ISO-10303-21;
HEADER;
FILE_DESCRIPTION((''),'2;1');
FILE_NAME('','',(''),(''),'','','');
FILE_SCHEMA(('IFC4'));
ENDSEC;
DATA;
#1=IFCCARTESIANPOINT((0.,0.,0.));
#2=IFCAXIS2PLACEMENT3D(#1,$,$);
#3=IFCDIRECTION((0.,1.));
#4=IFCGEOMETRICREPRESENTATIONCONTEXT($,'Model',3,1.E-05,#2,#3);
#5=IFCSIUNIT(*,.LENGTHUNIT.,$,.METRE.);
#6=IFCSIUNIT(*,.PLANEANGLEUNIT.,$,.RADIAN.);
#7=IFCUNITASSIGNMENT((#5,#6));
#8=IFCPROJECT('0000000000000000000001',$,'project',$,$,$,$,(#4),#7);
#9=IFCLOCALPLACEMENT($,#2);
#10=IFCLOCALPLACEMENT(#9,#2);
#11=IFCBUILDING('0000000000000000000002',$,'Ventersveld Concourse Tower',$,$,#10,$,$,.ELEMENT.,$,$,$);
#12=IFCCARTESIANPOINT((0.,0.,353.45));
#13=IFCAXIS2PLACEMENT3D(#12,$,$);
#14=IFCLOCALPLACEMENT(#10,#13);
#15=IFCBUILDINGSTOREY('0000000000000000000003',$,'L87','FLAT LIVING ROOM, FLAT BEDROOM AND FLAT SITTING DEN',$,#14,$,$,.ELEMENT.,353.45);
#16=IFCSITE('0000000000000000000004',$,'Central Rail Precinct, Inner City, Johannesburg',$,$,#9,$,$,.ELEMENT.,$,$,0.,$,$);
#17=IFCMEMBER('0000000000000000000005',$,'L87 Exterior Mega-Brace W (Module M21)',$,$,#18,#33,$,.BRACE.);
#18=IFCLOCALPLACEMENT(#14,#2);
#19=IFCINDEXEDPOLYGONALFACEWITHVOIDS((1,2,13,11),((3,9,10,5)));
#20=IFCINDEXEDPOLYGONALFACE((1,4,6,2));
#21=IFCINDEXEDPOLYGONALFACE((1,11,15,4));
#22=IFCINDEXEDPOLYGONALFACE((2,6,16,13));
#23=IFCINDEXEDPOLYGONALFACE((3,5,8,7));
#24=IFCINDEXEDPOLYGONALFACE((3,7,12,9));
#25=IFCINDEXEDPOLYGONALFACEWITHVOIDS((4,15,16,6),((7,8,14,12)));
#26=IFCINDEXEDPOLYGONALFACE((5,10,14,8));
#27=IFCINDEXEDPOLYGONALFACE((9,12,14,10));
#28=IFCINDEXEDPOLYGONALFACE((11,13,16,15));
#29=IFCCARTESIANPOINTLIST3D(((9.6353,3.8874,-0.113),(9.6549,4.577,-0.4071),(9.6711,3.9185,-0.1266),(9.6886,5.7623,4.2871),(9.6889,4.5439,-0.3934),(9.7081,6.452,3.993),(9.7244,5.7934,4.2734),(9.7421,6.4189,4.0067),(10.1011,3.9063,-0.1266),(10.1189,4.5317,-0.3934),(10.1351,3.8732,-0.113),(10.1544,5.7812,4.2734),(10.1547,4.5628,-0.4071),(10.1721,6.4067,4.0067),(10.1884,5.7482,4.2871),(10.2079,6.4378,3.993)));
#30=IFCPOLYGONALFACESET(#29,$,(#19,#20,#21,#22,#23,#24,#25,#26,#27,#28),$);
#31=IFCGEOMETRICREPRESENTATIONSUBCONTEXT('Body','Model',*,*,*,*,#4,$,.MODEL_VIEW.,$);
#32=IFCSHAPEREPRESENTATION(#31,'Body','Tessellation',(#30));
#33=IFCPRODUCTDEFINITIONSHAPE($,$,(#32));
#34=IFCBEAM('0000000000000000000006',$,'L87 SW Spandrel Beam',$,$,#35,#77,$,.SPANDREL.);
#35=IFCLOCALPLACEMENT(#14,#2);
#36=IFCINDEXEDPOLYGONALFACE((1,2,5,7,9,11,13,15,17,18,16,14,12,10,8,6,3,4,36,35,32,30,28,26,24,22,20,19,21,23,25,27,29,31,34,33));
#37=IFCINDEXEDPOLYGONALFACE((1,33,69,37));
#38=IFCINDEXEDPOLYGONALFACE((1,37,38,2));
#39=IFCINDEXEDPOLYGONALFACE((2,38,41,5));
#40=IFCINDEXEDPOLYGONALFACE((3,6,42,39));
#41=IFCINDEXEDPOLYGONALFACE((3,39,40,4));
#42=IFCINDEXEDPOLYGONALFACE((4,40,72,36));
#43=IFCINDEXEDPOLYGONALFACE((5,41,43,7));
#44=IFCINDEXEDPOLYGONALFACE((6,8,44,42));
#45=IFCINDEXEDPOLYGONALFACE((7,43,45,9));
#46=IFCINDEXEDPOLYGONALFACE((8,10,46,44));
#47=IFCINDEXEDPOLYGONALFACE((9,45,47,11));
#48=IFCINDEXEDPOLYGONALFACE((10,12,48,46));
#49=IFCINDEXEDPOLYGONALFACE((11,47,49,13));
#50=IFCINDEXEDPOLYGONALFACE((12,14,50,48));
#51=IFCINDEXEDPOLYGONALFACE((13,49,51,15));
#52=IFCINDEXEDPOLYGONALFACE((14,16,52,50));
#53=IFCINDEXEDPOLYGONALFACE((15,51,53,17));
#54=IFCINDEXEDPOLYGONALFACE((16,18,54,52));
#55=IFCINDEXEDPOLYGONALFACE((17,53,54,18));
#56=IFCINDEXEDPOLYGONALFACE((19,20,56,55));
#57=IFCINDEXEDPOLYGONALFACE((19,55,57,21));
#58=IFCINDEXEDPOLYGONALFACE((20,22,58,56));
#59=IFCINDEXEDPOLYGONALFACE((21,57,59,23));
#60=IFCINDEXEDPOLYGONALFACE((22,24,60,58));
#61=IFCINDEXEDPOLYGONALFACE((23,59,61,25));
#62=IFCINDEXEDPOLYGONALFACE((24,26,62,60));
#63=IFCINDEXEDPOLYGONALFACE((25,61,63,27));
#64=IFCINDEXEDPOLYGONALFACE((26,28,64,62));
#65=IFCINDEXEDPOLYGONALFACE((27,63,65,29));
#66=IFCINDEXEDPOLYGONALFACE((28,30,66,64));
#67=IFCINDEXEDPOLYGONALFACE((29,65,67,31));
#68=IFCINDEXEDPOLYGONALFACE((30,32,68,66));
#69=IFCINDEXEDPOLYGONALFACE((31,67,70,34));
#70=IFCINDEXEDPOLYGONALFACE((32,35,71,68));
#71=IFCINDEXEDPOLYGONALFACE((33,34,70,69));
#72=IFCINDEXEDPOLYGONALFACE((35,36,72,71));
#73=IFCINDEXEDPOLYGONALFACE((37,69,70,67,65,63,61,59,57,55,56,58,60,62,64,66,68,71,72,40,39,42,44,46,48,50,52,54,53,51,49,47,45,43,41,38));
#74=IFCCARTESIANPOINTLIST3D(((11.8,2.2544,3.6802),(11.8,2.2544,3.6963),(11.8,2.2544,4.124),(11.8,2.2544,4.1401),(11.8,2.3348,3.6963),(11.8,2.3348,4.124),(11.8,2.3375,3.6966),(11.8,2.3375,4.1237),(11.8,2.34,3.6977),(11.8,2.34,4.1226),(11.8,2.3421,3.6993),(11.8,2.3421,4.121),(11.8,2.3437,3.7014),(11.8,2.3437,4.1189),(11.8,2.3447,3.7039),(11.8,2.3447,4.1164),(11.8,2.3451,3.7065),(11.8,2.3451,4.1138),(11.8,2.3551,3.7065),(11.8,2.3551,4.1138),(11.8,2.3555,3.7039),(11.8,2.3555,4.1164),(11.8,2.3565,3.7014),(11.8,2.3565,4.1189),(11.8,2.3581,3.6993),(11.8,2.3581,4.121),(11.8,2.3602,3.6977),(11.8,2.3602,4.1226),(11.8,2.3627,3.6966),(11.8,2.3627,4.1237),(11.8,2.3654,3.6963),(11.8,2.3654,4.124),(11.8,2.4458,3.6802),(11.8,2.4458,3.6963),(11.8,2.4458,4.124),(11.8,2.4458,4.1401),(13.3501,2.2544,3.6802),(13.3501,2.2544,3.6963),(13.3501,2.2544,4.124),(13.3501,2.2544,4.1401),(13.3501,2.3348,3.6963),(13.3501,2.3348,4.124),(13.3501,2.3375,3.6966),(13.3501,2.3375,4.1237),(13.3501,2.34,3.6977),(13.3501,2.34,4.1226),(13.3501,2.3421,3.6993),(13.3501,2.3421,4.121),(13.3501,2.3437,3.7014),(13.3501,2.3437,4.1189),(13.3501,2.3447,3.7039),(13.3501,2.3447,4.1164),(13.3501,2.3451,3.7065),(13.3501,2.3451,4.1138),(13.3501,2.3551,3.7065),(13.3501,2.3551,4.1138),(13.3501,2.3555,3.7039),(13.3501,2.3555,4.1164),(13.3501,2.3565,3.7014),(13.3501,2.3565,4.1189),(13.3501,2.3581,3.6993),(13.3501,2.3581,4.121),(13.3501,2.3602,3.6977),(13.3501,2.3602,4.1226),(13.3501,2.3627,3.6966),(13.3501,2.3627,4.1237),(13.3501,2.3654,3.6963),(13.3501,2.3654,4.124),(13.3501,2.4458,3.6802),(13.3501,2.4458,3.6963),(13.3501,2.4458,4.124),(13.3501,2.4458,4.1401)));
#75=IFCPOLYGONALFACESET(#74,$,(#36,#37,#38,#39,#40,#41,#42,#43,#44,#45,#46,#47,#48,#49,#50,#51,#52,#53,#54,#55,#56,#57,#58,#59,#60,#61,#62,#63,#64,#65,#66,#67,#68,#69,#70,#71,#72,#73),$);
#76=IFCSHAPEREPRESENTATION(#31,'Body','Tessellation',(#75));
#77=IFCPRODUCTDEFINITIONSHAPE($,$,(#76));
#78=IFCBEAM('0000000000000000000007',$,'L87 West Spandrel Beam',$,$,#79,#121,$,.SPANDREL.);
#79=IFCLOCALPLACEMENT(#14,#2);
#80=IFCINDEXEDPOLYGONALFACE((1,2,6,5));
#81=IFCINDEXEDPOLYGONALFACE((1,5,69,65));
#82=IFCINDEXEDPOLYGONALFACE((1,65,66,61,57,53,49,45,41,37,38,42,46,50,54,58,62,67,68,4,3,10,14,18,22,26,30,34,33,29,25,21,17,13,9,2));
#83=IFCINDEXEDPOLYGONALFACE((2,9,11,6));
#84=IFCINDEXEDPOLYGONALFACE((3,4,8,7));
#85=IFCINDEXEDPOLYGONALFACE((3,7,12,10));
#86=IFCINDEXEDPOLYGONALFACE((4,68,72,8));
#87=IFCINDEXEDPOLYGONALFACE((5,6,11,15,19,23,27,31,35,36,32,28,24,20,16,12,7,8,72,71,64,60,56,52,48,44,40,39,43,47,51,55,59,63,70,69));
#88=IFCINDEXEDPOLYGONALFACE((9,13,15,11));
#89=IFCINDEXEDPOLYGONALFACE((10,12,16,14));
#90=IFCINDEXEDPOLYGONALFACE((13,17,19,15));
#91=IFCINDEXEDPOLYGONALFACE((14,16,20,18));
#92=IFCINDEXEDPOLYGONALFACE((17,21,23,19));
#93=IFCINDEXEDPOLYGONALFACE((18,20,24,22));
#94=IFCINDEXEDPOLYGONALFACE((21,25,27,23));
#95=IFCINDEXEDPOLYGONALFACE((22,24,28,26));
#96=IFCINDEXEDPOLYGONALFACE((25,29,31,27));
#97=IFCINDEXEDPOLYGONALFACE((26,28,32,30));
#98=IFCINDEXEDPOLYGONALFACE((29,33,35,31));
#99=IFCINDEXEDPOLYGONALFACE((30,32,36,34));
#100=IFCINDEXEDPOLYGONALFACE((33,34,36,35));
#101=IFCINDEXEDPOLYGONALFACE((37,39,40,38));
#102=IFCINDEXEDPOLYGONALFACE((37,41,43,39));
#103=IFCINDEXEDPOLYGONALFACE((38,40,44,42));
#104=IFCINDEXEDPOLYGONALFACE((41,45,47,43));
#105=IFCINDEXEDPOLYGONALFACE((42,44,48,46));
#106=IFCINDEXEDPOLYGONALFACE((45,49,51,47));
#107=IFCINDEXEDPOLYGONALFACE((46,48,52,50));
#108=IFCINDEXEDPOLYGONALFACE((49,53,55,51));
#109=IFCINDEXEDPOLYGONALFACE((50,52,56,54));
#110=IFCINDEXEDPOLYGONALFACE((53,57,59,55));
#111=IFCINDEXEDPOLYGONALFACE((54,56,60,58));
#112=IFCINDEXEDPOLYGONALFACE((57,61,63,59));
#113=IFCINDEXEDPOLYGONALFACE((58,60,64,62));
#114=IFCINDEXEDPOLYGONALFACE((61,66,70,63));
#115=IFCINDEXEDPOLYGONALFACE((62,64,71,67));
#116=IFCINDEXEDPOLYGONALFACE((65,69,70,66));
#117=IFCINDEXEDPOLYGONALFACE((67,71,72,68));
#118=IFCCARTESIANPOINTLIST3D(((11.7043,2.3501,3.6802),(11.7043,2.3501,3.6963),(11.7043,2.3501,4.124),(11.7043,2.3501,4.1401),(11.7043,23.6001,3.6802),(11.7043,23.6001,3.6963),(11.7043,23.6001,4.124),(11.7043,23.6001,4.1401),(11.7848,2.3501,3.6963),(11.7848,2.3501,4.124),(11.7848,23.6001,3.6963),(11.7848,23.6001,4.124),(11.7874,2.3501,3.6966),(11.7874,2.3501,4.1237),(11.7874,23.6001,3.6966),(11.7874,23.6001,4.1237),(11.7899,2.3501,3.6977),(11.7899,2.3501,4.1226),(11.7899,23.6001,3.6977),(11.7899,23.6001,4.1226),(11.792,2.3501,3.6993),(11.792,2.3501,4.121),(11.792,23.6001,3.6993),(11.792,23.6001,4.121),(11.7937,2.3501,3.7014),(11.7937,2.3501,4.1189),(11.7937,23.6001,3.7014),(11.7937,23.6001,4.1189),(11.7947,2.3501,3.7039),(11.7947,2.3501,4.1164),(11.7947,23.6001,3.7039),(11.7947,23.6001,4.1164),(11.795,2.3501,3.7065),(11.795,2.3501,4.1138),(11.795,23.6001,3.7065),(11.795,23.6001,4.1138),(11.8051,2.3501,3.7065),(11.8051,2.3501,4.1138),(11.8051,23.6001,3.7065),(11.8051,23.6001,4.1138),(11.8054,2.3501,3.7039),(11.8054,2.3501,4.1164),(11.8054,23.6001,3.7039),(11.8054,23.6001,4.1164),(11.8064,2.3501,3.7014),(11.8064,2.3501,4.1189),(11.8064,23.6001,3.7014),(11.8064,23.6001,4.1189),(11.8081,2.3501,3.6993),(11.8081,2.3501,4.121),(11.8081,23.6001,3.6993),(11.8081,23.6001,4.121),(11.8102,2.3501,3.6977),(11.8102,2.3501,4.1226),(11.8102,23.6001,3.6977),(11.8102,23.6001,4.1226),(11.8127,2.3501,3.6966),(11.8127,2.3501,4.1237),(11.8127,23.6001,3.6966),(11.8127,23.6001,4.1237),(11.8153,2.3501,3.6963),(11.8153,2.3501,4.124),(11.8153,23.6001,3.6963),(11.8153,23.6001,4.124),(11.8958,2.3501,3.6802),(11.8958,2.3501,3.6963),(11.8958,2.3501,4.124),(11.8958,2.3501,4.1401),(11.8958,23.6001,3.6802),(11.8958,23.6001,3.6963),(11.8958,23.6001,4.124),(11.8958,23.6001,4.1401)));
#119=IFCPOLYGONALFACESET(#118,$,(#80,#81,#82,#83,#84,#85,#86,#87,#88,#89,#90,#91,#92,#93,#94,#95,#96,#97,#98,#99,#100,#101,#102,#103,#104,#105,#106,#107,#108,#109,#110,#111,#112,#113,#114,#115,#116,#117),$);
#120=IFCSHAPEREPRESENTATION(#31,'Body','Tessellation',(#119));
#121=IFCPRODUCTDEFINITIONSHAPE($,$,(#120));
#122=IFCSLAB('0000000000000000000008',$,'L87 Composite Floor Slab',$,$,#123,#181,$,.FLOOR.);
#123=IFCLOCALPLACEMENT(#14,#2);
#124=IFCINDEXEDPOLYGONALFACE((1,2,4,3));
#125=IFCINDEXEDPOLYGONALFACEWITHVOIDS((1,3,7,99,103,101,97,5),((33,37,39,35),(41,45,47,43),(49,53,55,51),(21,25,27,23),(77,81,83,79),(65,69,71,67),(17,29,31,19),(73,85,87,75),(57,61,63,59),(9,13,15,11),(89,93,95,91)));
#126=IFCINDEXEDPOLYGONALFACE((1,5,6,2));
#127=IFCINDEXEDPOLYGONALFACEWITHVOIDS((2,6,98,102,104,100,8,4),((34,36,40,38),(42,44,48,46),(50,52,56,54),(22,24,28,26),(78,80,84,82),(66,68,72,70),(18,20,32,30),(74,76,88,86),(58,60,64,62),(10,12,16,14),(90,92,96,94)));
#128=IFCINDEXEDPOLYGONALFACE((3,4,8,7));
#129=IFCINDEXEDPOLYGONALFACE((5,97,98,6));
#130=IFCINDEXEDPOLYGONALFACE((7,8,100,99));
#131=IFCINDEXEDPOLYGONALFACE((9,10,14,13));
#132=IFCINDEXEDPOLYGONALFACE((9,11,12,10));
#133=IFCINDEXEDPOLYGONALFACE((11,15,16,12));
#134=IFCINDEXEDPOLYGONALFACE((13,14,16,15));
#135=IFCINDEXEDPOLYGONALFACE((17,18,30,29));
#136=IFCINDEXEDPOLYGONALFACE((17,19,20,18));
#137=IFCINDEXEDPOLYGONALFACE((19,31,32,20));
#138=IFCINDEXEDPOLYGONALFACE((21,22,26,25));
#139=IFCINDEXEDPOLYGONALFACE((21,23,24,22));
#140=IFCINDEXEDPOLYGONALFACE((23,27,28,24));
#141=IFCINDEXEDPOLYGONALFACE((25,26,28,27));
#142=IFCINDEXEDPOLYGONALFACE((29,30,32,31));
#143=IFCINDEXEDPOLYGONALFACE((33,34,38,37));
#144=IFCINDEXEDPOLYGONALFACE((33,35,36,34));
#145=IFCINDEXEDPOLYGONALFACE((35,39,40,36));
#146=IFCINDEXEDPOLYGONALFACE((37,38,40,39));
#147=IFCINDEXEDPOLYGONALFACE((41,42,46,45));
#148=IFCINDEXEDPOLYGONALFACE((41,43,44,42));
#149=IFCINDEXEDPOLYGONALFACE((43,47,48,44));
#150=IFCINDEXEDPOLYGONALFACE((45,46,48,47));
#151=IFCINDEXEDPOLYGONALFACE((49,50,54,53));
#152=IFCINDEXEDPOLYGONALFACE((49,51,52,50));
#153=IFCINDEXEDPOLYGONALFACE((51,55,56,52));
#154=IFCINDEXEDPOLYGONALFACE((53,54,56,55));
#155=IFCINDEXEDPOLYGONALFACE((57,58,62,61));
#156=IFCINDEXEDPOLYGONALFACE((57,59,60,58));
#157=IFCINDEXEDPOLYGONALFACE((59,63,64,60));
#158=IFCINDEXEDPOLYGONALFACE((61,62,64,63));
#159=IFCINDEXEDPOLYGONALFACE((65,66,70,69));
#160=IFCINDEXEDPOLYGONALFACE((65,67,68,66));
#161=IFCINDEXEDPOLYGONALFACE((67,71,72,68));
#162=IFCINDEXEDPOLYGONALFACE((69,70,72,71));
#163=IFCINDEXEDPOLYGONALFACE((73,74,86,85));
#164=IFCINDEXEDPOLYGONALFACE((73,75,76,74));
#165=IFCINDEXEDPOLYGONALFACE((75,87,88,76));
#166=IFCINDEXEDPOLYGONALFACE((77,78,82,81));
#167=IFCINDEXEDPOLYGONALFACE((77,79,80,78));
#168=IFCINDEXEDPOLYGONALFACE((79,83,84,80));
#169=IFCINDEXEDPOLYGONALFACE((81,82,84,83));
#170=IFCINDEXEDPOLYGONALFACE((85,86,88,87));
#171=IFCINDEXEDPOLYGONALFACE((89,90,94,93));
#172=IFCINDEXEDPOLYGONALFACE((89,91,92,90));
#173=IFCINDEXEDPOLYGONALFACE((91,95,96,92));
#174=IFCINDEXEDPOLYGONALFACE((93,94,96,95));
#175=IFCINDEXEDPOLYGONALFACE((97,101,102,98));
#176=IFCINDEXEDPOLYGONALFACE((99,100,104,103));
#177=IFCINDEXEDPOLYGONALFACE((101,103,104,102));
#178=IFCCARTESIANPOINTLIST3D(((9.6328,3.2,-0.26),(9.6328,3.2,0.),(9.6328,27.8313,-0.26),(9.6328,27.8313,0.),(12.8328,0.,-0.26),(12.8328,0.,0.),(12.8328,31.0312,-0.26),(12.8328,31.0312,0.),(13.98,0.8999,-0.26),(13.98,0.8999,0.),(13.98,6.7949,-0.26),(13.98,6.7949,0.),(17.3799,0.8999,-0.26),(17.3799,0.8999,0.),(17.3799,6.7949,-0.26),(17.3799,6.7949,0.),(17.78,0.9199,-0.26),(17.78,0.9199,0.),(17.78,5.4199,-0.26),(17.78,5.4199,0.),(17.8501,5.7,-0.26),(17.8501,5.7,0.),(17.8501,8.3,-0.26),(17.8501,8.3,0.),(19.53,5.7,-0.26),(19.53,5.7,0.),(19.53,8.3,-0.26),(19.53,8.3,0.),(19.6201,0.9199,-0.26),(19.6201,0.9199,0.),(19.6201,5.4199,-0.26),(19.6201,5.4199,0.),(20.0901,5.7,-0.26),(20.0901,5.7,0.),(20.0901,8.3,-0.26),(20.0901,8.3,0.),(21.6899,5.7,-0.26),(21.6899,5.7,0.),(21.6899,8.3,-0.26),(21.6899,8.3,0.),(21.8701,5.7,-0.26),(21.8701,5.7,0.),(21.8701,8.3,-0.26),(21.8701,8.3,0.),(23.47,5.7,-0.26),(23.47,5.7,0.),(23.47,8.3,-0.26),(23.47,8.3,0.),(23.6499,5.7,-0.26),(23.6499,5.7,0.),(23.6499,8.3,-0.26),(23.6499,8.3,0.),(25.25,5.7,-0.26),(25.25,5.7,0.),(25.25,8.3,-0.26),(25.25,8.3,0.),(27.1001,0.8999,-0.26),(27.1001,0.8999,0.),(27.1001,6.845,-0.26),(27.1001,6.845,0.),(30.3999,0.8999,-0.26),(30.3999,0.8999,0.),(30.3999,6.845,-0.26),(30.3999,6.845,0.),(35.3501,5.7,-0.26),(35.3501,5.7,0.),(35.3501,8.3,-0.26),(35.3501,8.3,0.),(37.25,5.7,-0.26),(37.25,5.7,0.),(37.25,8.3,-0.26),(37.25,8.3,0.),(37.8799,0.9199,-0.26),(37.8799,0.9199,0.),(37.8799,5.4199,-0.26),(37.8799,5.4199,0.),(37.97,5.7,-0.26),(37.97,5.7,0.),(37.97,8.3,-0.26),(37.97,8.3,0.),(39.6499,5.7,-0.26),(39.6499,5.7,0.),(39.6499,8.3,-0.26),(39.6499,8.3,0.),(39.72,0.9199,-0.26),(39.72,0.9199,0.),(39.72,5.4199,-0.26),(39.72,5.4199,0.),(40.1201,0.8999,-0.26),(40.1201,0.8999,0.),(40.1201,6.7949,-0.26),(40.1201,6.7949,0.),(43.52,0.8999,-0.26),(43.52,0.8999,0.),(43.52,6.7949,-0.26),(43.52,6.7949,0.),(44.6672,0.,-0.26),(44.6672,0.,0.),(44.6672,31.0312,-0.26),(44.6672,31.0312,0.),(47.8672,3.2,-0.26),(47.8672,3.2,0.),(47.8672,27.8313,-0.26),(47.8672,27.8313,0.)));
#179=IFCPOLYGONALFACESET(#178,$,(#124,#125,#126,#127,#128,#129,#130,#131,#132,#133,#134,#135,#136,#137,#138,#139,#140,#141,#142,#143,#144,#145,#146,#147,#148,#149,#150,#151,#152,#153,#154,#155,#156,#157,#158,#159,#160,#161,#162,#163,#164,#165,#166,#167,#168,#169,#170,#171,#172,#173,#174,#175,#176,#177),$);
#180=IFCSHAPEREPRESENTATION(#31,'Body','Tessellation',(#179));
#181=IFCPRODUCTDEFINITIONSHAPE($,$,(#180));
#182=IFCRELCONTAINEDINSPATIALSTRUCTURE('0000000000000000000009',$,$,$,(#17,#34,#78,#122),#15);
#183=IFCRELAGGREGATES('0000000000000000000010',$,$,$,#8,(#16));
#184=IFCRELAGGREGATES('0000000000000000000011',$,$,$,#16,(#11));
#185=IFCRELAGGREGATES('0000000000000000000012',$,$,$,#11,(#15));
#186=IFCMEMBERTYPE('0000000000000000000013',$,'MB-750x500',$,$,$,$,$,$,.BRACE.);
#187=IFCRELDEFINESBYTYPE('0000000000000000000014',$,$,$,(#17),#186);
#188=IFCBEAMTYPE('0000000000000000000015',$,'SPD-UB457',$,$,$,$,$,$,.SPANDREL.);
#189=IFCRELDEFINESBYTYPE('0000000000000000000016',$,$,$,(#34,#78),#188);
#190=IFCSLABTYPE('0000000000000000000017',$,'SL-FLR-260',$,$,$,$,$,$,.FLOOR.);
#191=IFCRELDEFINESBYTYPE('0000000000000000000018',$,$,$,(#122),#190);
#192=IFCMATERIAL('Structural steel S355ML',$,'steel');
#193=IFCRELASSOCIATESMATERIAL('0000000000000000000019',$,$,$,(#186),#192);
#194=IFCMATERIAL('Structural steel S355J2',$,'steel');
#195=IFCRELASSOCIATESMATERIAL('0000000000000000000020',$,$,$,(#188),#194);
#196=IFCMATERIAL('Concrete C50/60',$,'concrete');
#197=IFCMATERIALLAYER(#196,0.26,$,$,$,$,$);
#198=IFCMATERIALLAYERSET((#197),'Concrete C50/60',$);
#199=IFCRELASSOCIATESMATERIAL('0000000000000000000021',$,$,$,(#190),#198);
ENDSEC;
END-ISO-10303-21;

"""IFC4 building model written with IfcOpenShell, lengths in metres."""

from ifc_helpers import new_model, si_unit, direction, frame, origin, origin_2d, place, context, subcontext, project, spatial, polyline, hollow_rectangle, i_section, outline, extrude, material, layer, layer_set, material_profile, profile_set, type_object, element, save


model = new_model("IFC4")

# Units and contexts
model_context = context("Model", 3, precision=1e-05, world=origin(), true_north=direction((0.0, 1.0)))
body_context = subcontext(model_context, "Body", "Model", "MODEL_VIEW")
ifc_project = project(units=[si_unit("LENGTHUNIT", "METRE"), si_unit("PLANEANGLEUNIT", "RADIAN")], contexts=[model_context])

# Site, building, storey
site_placement = place(None, origin())
site = spatial("IfcSite", under=ifc_project, at=site_placement, Name="Central Rail Precinct, Inner City, Johannesburg", CompositionType="ELEMENT", RefElevation=0.0)
building_placement = place(site_placement, origin())
building = spatial("IfcBuilding", under=site, at=building_placement, Name="Ventersveld Concourse Tower", CompositionType="ELEMENT")
storey_placement = place(building_placement, frame((0.0, 0.0, 353.45)))
storey = spatial("IfcBuildingStorey", under=building, at=storey_placement, Name="L87", Description="FLAT LIVING ROOM, FLAT BEDROOM AND FLAT SITTING DEN", CompositionType="ELEMENT", Elevation=353.45)

# Shared definitions
ifc_material_1 = material(Name="Concrete C50/60", Category="concrete")

# Shared definitions
ifc_material_2 = material(Name="Structural steel S355J2", Category="steel")

# Member
ifc_material_3 = material(Name="Structural steel S355ML", Category="steel")
ifc_material_profile_1 = material_profile(ifc_material_3, hollow_rectangle(XDim=0.5, YDim=0.75, WallThickness=0.0349, at=origin_2d()), Name="BOX 750x500x35")
ifc_profile_set_1 = profile_set([ifc_material_profile_1], Name="Structural steel S355ML")
member_type = type_object("IfcMemberType", Name="MB-750x500", PredefinedType="BRACE", material=ifc_profile_set_1)
member_placement = place(storey_placement, frame((9.895, 4.2251, -0.26), z_axis=(0.011127, 0.391991, 0.919902), x_axis=(-0.999597, 0.028374, 0.0)))
element("IfcMember", 1, at=member_placement, inside=storey, type_object=member_type, Name="L87 Exterior Mega-Brace W (Module M21)", PredefinedType="BRACE", context=body_context, shape_type="SweptSolid", body=[
    extrude(hollow_rectangle(XDim=0.5, YDim=0.75, WallThickness=0.0349, at=origin_2d()), origin(), (0.0, 0.0, 1.0), 4.7832),
])

# Beams
ifc_material_profile_2 = material_profile(ifc_material_2, i_section(OverallWidth=0.1914, OverallDepth=0.46, WebThickness=0.01, FlangeThickness=0.0161, FilletRadius=0.0103, at=origin_2d()), Name="UB 457x191x82")
ifc_profile_set_2 = profile_set([ifc_material_profile_2], Name="Structural steel S355J2")
beam_type_1 = type_object("IfcBeamType", Name="SPD-UB457", PredefinedType="SPANDREL", material=ifc_profile_set_2)
beam_1_placement = place(storey_placement, frame((11.8, 2.3501, 3.9102), z_axis=(1.0, 0.0, 0.0), x_axis=(0.0, 1.0, 0.0)))
element("IfcBeam", 2, at=beam_1_placement, inside=storey, type_object=beam_type_1, Name="L87 SW Spandrel Beam", PredefinedType="SPANDREL", context=body_context, shape_type="SweptSolid", body=[
    extrude(i_section(OverallWidth=0.1914, OverallDepth=0.46, WebThickness=0.01, FlangeThickness=0.0161, FilletRadius=0.0103, at=origin_2d()), origin(), (0.0, 0.0, 1.0), 1.55),
])
beam_2_placement = place(storey_placement, frame((11.8, 2.3501, 3.9102), z_axis=(0.0, 1.0, 0.0), x_axis=(-1.0, 0.0, 0.0)))
element("IfcBeam", 3, at=beam_2_placement, inside=storey, type_object=beam_type_1, Name="L87 West Spandrel Beam", PredefinedType="SPANDREL", context=body_context, shape_type="SweptSolid", body=[
    extrude(i_section(OverallWidth=0.1914, OverallDepth=0.46, WebThickness=0.01, FlangeThickness=0.0161, FilletRadius=0.0103, at=origin_2d()), origin(), (0.0, 0.0, 1.0), 21.25),
])

# Slab
ifc_layer_1 = layer(ifc_material_1, 0.26)
ifc_layer_set_1 = layer_set([ifc_layer_1], Name="Concrete C50/60")
slab_type_1 = type_object("IfcSlabType", Name="SL-FLR-260", PredefinedType="FLOOR", material=ifc_layer_set_1)
slab_1_placement = place(storey_placement, frame((0.0, 0.0, -0.26)))
element("IfcSlab", 4, at=slab_1_placement, inside=storey, type_object=slab_type_1, Name="L87 Composite Floor Slab", PredefinedType="FLOOR", context=body_context, shape_type="SweptSolid", body=[
    extrude(outline(polyline([(12.8328, 0.0), (44.6672, 0.0), (47.8672, 3.2), (47.8672, 27.8313), (44.6672, 31.0312), (12.8328, 31.0312), (9.6328, 27.8313), (9.6328, 3.2), (12.8328, 0.0)]), holes=[polyline([(13.98, 6.7949), (13.98, 0.8999), (17.3799, 0.8999), (17.3799, 6.7949), (13.98, 6.7949)]), polyline([(40.1201, 6.7949), (40.1201, 0.8999), (43.52, 0.8999), (43.52, 6.7949), (40.1201, 6.7949)]), polyline([(27.1001, 6.845), (27.1001, 0.8999), (30.3999, 0.8999), (30.3999, 6.845), (27.1001, 6.845)]), polyline([(17.8501, 5.7), (19.53, 5.7), (19.53, 8.3), (17.8501, 8.3), (17.8501, 5.7)]), polyline([(37.97, 5.7), (39.6499, 5.7), (39.6499, 8.3), (37.97, 8.3), (37.97, 5.7)]), polyline([(35.3501, 5.7), (37.25, 5.7), (37.25, 8.3), (35.3501, 8.3), (35.3501, 5.7)]), polyline([(20.0901, 5.7), (21.6899, 5.7), (21.6899, 8.3), (20.0901, 8.3), (20.0901, 5.7)]), polyline([(21.8701, 5.7), (23.47, 5.7), (23.47, 8.3), (21.8701, 8.3), (21.8701, 5.7)]), polyline([(23.6499, 5.7), (25.25, 5.7), (25.25, 8.3), (23.6499, 8.3), (23.6499, 5.7)]), polyline([(17.78, 0.9199), (19.6201, 0.9199), (19.6201, 5.4199), (17.78, 5.4199), (17.78, 0.9199)]), polyline([(37.8799, 0.9199), (39.72, 0.9199), (39.72, 5.4199), (37.8799, 5.4199), (37.8799, 0.9199)])]), origin(), (0.0, 0.0, 1.0), 0.26),
])

save(model, "model.ifc")
